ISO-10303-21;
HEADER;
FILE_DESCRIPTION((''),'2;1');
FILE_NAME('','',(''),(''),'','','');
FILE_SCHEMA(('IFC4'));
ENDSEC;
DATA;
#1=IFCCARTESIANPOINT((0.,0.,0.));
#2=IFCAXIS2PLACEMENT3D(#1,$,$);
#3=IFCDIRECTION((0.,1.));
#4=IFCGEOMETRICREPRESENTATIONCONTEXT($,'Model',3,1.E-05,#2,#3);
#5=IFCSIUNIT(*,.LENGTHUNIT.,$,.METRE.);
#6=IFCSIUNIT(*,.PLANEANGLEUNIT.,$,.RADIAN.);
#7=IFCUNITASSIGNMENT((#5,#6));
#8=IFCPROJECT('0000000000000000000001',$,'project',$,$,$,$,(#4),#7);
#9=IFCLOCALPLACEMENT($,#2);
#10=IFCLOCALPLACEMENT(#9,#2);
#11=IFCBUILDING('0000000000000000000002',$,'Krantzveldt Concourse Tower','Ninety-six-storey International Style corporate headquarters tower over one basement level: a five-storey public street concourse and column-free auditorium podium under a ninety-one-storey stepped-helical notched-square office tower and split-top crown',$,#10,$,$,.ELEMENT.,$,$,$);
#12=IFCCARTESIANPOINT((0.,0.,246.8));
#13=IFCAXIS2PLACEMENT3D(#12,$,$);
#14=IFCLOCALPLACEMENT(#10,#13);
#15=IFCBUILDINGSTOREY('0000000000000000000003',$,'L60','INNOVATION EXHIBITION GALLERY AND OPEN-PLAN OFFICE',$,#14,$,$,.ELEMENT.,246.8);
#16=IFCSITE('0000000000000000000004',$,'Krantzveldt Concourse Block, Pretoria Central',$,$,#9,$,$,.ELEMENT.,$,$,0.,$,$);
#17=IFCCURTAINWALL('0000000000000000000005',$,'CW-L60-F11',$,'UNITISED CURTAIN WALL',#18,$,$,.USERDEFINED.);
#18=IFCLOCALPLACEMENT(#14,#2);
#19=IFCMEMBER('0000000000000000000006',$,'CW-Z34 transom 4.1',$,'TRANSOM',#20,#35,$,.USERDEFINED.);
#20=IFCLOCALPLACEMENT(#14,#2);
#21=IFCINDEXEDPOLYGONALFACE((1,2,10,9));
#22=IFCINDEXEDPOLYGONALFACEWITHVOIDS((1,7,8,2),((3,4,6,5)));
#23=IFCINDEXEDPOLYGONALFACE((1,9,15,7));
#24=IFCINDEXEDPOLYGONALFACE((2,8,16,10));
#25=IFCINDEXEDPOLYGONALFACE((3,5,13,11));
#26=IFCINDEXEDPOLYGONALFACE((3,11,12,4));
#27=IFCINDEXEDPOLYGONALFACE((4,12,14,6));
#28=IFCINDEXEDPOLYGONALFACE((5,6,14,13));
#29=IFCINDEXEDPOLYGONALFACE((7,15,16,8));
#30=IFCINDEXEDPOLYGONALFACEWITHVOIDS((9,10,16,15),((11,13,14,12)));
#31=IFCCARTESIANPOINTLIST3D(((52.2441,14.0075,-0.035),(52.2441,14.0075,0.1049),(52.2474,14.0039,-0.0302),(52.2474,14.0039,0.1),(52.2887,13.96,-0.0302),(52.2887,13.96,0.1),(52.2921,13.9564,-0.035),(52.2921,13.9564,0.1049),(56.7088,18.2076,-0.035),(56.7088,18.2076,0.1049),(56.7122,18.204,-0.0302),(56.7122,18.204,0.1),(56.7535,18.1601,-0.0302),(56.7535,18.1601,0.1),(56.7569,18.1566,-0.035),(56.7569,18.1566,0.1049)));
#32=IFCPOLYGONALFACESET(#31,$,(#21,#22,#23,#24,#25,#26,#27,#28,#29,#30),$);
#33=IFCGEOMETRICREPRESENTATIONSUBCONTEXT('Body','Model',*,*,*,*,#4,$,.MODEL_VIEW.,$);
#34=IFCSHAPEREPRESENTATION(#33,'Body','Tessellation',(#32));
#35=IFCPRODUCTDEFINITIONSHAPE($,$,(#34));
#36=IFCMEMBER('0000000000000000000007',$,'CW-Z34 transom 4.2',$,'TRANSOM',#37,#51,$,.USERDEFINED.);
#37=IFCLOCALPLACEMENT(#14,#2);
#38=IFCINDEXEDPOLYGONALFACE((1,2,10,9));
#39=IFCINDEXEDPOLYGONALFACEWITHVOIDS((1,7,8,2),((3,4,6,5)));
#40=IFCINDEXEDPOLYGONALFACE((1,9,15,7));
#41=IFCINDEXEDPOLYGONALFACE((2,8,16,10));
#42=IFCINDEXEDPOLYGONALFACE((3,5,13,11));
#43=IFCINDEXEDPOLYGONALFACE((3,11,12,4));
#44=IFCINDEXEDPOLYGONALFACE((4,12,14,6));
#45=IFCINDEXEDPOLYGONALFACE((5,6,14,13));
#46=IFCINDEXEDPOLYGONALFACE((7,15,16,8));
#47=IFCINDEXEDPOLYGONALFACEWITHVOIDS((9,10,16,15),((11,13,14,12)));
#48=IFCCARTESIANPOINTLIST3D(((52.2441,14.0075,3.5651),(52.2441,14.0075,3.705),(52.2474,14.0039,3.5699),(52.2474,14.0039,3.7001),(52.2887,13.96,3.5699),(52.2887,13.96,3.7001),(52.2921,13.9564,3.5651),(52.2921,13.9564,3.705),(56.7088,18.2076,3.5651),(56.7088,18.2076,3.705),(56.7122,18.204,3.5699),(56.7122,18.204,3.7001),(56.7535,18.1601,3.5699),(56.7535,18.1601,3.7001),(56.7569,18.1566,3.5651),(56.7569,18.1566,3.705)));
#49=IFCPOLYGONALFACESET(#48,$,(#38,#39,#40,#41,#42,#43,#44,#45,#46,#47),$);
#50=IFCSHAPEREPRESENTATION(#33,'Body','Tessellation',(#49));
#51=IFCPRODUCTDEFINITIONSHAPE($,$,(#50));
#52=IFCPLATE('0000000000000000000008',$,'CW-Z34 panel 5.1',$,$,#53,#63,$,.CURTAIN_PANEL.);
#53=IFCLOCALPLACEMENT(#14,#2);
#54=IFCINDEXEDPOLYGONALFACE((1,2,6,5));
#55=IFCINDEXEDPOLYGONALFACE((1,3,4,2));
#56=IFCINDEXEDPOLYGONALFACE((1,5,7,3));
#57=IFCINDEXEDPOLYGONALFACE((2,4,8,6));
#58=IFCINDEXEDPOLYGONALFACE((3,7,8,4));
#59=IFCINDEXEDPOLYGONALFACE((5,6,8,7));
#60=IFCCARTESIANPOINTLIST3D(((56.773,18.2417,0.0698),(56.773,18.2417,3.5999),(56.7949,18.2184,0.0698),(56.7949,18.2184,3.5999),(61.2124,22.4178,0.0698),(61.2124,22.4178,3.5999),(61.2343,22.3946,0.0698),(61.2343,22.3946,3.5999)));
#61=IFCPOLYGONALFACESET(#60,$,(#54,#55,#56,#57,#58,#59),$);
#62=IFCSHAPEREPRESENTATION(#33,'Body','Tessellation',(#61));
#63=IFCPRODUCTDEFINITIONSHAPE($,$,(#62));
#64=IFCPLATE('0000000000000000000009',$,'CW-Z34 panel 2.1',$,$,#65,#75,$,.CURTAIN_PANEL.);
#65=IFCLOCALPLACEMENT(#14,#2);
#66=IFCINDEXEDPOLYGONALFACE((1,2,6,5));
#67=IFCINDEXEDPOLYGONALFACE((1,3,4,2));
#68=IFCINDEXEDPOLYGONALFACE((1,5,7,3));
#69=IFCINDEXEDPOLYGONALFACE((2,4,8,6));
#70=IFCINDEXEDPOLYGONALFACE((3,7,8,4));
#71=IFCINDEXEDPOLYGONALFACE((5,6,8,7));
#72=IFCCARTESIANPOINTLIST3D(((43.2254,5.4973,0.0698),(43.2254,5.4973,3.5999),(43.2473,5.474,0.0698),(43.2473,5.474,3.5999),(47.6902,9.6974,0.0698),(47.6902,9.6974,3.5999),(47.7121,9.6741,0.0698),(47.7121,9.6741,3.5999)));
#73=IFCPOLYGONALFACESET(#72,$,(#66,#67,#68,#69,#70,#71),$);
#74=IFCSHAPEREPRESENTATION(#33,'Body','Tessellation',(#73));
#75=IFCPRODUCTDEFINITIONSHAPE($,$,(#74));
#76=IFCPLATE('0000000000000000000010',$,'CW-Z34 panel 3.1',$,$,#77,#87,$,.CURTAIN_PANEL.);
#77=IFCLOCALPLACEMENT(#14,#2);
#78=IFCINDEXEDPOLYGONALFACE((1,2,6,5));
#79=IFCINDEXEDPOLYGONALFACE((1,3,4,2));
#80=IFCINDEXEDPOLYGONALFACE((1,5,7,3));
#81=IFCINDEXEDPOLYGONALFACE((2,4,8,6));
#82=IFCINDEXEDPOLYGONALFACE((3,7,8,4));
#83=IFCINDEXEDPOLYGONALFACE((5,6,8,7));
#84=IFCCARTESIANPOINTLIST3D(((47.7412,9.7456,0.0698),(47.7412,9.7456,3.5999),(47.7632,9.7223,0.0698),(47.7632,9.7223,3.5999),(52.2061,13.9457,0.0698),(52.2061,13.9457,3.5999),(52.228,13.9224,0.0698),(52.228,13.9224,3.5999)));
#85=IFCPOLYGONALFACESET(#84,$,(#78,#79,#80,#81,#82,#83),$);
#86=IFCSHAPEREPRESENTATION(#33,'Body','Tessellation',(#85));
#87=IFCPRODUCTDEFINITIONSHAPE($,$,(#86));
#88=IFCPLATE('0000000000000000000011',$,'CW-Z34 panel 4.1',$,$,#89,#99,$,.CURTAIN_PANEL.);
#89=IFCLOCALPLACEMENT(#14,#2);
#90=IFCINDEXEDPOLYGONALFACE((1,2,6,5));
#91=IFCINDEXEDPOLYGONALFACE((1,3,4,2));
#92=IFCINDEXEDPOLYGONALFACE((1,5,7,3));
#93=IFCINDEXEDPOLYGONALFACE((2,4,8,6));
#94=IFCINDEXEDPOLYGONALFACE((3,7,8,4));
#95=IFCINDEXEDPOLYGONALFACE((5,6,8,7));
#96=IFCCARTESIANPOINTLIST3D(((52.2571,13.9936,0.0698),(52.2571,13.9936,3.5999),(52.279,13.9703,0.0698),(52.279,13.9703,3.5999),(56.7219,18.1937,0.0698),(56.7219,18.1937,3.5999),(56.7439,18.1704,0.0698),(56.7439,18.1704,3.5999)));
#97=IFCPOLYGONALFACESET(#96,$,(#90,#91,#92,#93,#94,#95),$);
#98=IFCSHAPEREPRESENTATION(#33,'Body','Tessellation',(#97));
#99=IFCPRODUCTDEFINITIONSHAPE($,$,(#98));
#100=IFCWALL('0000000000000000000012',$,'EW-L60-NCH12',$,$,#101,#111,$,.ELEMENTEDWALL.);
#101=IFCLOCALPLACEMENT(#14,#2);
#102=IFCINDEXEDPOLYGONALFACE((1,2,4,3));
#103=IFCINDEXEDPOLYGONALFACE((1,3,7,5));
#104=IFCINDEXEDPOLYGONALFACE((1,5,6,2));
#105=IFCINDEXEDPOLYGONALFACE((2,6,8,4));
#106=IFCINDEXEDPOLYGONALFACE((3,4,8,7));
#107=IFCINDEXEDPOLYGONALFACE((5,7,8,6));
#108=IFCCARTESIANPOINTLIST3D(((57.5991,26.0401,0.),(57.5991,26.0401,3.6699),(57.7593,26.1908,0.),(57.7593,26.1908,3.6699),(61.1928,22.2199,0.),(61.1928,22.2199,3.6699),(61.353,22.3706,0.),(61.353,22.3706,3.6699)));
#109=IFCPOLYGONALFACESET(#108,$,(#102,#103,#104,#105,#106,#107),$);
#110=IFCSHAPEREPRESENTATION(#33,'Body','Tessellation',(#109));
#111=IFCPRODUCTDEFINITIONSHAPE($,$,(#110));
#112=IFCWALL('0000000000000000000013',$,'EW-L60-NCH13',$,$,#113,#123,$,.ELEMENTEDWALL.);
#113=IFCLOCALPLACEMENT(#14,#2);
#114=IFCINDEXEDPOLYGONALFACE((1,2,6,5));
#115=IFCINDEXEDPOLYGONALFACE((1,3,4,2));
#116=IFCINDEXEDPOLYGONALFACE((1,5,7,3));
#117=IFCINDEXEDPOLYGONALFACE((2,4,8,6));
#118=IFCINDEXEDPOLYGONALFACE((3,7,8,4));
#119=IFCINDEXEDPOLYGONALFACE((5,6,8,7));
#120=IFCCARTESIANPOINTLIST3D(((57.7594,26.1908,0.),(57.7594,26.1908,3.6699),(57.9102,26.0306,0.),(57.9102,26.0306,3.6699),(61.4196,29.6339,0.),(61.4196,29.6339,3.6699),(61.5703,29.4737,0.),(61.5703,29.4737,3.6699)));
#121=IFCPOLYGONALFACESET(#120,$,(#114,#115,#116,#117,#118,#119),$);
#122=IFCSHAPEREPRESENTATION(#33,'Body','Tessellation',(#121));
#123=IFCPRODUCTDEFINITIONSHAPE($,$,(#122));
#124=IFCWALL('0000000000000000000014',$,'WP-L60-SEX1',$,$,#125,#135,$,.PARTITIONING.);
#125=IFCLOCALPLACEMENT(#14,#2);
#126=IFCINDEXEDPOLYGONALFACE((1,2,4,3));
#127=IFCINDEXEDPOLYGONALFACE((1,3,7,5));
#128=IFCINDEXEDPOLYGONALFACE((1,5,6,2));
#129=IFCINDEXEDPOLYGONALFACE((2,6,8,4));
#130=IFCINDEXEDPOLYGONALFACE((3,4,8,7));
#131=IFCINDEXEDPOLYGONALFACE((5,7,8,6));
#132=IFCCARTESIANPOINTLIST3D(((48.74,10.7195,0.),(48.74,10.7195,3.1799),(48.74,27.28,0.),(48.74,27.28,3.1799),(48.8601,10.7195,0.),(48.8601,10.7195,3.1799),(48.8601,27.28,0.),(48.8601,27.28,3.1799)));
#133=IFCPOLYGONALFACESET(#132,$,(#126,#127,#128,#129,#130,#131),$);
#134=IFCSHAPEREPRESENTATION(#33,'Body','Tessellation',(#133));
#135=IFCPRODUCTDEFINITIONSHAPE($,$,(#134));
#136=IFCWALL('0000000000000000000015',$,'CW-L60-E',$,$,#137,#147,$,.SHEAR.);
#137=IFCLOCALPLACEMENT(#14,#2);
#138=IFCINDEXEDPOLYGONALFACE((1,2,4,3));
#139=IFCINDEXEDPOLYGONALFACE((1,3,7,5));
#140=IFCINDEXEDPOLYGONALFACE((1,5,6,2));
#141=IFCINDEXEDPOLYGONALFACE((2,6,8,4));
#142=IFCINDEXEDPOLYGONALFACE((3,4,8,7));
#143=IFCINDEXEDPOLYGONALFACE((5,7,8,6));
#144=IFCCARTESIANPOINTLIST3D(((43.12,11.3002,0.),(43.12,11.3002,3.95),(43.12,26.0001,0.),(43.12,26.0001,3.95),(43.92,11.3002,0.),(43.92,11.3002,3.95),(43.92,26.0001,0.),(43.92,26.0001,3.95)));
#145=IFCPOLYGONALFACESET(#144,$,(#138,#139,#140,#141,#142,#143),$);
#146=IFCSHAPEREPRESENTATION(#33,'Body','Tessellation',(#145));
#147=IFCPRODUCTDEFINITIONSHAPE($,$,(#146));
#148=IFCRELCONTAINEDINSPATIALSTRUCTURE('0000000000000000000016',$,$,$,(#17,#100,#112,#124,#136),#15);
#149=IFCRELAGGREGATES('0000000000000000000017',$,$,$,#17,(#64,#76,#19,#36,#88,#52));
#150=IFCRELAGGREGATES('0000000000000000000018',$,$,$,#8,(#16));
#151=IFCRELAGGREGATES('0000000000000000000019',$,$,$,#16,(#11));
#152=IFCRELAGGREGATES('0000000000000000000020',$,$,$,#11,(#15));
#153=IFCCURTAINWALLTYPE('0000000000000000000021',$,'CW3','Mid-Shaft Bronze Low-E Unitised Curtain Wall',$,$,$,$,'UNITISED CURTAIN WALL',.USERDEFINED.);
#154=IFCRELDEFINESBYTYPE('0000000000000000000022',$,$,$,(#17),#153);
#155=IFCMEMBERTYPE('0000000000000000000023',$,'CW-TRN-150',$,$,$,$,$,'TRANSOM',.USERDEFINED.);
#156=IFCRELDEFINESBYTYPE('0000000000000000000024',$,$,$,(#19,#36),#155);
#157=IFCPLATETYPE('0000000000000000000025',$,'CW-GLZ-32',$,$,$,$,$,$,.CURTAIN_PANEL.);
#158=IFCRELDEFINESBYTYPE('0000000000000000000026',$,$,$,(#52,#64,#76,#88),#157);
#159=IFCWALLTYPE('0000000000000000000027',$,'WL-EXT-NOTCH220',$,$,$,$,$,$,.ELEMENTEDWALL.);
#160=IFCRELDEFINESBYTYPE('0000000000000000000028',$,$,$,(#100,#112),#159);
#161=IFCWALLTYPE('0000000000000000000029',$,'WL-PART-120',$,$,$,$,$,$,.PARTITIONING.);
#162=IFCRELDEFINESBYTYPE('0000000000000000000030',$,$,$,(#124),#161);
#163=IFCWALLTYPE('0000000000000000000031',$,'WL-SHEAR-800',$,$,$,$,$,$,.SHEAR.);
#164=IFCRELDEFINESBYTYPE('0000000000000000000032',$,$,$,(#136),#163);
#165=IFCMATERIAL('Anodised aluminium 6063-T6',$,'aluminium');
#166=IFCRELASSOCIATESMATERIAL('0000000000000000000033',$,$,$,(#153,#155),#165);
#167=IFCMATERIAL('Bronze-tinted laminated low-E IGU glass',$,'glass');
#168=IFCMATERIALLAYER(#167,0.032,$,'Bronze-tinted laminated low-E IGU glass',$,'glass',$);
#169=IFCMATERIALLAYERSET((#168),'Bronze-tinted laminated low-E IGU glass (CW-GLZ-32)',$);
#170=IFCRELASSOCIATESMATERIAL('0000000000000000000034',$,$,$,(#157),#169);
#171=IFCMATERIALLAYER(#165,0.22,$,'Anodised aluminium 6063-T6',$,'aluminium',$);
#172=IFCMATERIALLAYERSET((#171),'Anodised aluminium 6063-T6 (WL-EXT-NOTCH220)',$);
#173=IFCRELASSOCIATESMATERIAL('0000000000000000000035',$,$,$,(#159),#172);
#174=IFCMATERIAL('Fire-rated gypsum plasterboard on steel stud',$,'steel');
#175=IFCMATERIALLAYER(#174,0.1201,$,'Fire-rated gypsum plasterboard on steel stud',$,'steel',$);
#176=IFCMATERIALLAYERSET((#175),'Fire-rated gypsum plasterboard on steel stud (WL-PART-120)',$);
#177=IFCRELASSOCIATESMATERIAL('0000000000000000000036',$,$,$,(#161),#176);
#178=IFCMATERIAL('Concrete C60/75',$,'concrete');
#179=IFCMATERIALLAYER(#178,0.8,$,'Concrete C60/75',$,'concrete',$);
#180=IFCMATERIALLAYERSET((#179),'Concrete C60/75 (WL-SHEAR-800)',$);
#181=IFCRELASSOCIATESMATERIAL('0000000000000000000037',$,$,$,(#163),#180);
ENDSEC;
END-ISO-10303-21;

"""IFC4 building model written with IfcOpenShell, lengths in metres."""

from ifc_helpers import new_model, si_unit, direction, frame, frame_2d, origin, origin_2d, place, context, subcontext, project, spatial, rectangle, hollow_rectangle, extrude, source, transform, mapped, material, layer, layer_set, material_profile, profile_set, type_object, type_shapes, element, aggregate, save


model = new_model("IFC4")

# Units and contexts
model_context = context("Model", 3, precision=1e-05, world=origin(), true_north=direction((0.0, 1.0)))
body_context = subcontext(model_context, "Body", "Model", "MODEL_VIEW")
ifc_project = project(units=[si_unit("LENGTHUNIT", "METRE"), si_unit("PLANEANGLEUNIT", "RADIAN")], contexts=[model_context])

# Site, building, storey
site_placement = place(None, origin())
site = spatial("IfcSite", under=ifc_project, at=site_placement, Name="Krantzveldt Concourse Block, Pretoria Central", CompositionType="ELEMENT", RefElevation=0.0)
building_placement = place(site_placement, origin())
building = spatial("IfcBuilding", under=site, at=building_placement, Name="Krantzveldt Concourse Tower", Description="Ninety-six-storey International Style corporate headquarters tower over one basement level: a five-storey public street concourse and column-free auditorium podium under a ninety-one-storey stepped-helical notched-square office tower and split-top crown", CompositionType="ELEMENT")
storey_placement = place(building_placement, frame((0.0, 0.0, 246.8)))
storey = spatial("IfcBuildingStorey", under=building, at=storey_placement, Name="L60", Description="INNOVATION EXHIBITION GALLERY AND OPEN-PLAN OFFICE", CompositionType="ELEMENT", Elevation=246.8)

# Curtain wall, members, plates
ifc_material_1 = material(Name="Anodised aluminium 6063-T6", Category="aluminium")
curtain_wall_type = type_object("IfcCurtainWallType", Name="CW3", Description="Mid-Shaft Bronze Low-E Unitised Curtain Wall", ElementType="UNITISED CURTAIN WALL", PredefinedType="USERDEFINED", material=ifc_material_1)
curtain_wall_placement = place(storey_placement, origin())
curtain_wall = element("IfcCurtainWall", 1, at=curtain_wall_placement, inside=storey, type_object=curtain_wall_type, Name="CW-L60-F11", ObjectType="UNITISED CURTAIN WALL", PredefinedType="USERDEFINED")
ifc_material_profile_1 = material_profile(ifc_material_1, hollow_rectangle(XDim=0.0701, YDim=0.1399, WallThickness=0.0049, at=origin_2d()), Name="Anodised aluminium 6063-T6", Category="aluminium")
ifc_profile_set_1 = profile_set([ifc_material_profile_1], Name="Anodised aluminium 6063-T6 - ALU-TRAN 140x70x5")
member_type_1 = type_object("IfcMemberType", Name="CW-TRN-150", ElementType="TRANSOM", PredefinedType="USERDEFINED", material=ifc_profile_set_1)
shared_shape_1 = source(origin(), body_context, "Body", "SweptSolid", [
    extrude(hollow_rectangle(XDim=0.0701, YDim=0.1399, WallThickness=0.0049, at=origin_2d()), origin(), (0.0, 0.0, 1.0), 6.1299),
])
member_1_placement = place(storey_placement, frame((52.2681, 13.9819, 0.0349), z_axis=(0.728364, 0.685191, 0.0), x_axis=(-0.685191, 0.728364, 0.0)))
member_1 = element("IfcMember", 2, at=member_1_placement, type_object=member_type_1, Name="CW-Z34 transom 4.1", ObjectType="TRANSOM", PredefinedType="USERDEFINED", context=body_context, shape_type="MappedRepresentation", body=[
    mapped(shared_shape_1, transform((0.0, 0.0, 0.0), x_axis=(1.0, 0.0, 0.0), y_axis=(0.0, 1.0, 0.0), z_axis=(0.0, 0.0, 1.0), scale=1.0)),
])
member_2_placement = place(storey_placement, frame((52.2681, 13.9819, 3.635), z_axis=(0.728364, 0.685191, 0.0), x_axis=(-0.685191, 0.728364, 0.0)))
member_2 = element("IfcMember", 3, at=member_2_placement, type_object=member_type_1, Name="CW-Z34 transom 4.2", ObjectType="TRANSOM", PredefinedType="USERDEFINED", context=body_context, shape_type="MappedRepresentation", body=[
    mapped(shared_shape_1, transform((0.0, 0.0, 0.0), x_axis=(1.0, 0.0, 0.0), y_axis=(0.0, 1.0, 0.0), z_axis=(0.0, 0.0, 1.0), scale=1.0)),
])
ifc_material_2 = material(Name="Bronze-tinted laminated low-E IGU glass", Category="glass")
ifc_layer_1 = layer(ifc_material_2, 0.032, Name="Bronze-tinted laminated low-E IGU glass", Category="glass")
ifc_layer_set_1 = layer_set([ifc_layer_1], Name="Bronze-tinted laminated low-E IGU glass (CW-GLZ-32)")
plate_type = type_object("IfcPlateType", Name="CW-GLZ-32", PredefinedType="CURTAIN_PANEL", material=ifc_layer_set_1)
shared_shape_2 = source(origin(), body_context, "Body", "SweptSolid", [
    extrude(rectangle(XDim=6.095, YDim=0.032, at=origin_2d()), origin(), (0.0, 0.0, 1.0), 3.53),
])
plate_1_placement = place(storey_placement, frame((59.0037, 20.3181, 0.0698), z_axis=(0.0, 0.0, 1.0), x_axis=(0.728371, 0.685183, 0.0)))
plate_1 = element("IfcPlate", 4, at=plate_1_placement, type_object=plate_type, Name="CW-Z34 panel 5.1", PredefinedType="CURTAIN_PANEL", context=body_context, shape_type="MappedRepresentation", body=[
    mapped(shared_shape_2, transform((0.0, 0.0, 0.0), x_axis=(1.0, 0.0, 0.0), y_axis=(0.0, 1.0, 0.0), z_axis=(0.0, 0.0, 1.0), scale=1.0)),
])
shared_shape_3 = source(origin(), body_context, "Body", "SweptSolid", [
    extrude(rectangle(XDim=6.1299, YDim=0.032, at=origin_2d()), origin(), (0.0, 0.0, 1.0), 3.53),
])
type_shapes(plate_type, [shared_shape_2, shared_shape_3])
plate_2_placement = place(storey_placement, frame((45.4688, 7.5857, 0.0698), z_axis=(0.0, 0.0, 1.0), x_axis=(0.728371, 0.685183, 0.0)))
plate_2 = element("IfcPlate", 5, at=plate_2_placement, type_object=plate_type, Name="CW-Z34 panel 2.1", PredefinedType="CURTAIN_PANEL", context=body_context, shape_type="MappedRepresentation", body=[
    mapped(shared_shape_3, transform((0.0, 0.0, 0.0), x_axis=(1.0, 0.0, 0.0), y_axis=(0.0, 1.0, 0.0), z_axis=(0.0, 0.0, 1.0), scale=1.0)),
])
plate_3_placement = place(storey_placement, frame((49.9846, 11.834, 0.0698), z_axis=(0.0, 0.0, 1.0), x_axis=(0.728371, 0.685183, 0.0)))
plate_3 = element("IfcPlate", 6, at=plate_3_placement, type_object=plate_type, Name="CW-Z34 panel 3.1", PredefinedType="CURTAIN_PANEL", context=body_context, shape_type="MappedRepresentation", body=[
    mapped(shared_shape_3, transform((0.0, 0.0, 0.0), x_axis=(1.0, 0.0, 0.0), y_axis=(0.0, 1.0, 0.0), z_axis=(0.0, 0.0, 1.0), scale=1.0)),
])
plate_4_placement = place(storey_placement, frame((54.5005, 16.082, 0.0698), z_axis=(0.0, 0.0, 1.0), x_axis=(0.728371, 0.685183, 0.0)))
plate_4 = element("IfcPlate", 7, at=plate_4_placement, type_object=plate_type, Name="CW-Z34 panel 4.1", PredefinedType="CURTAIN_PANEL", context=body_context, shape_type="MappedRepresentation", body=[
    mapped(shared_shape_3, transform((0.0, 0.0, 0.0), x_axis=(1.0, 0.0, 0.0), y_axis=(0.0, 1.0, 0.0), z_axis=(0.0, 0.0, 1.0), scale=1.0)),
])
aggregate(curtain_wall, [plate_2, plate_3, member_1, member_2, plate_4, plate_1])

# Walls
ifc_layer_2 = layer(ifc_material_1, 0.22, Name="Anodised aluminium 6063-T6", Category="aluminium")
ifc_layer_set_2 = layer_set([ifc_layer_2], Name="Anodised aluminium 6063-T6 (WL-EXT-NOTCH220)")
wall_type_1 = type_object("IfcWallType", Name="WL-EXT-NOTCH220", PredefinedType="ELEMENTEDWALL", material=ifc_layer_set_2)
wall_1_placement = place(storey_placement, frame((61.2729, 22.2952, 0.0), z_axis=(0.0, 0.0, 1.0), x_axis=(-0.685179, 0.728375, 0.0)))
element("IfcWall", 8, at=wall_1_placement, inside=storey, type_object=wall_type_1, Name="EW-L60-NCH12", PredefinedType="ELEMENTEDWALL", context=body_context, shape_type="SweptSolid", body=[
    extrude(rectangle(XDim=5.2449, YDim=0.22, at=frame_2d((2.6226, 0.0))), origin(), (0.0, 0.0, 1.0), 3.6699),
])
wall_2_placement = place(storey_placement, frame((57.8347, 26.1106, 0.0), z_axis=(0.0, 0.0, 1.0), x_axis=(0.728373, 0.685181, 0.0)))
element("IfcWall", 9, at=wall_2_placement, inside=storey, type_object=wall_type_1, Name="EW-L60-NCH13", PredefinedType="ELEMENTEDWALL", context=body_context, shape_type="SweptSolid", body=[
    extrude(rectangle(XDim=5.0251, YDim=0.22, at=frame_2d((2.5127, 0.0))), origin(), (0.0, 0.0, 1.0), 3.6699),
])
ifc_material_3 = material(Name="Fire-rated gypsum plasterboard on steel stud", Category="steel")
ifc_layer_3 = layer(ifc_material_3, 0.1201, Name="Fire-rated gypsum plasterboard on steel stud", Category="steel")
ifc_layer_set_3 = layer_set([ifc_layer_3], Name="Fire-rated gypsum plasterboard on steel stud (WL-PART-120)")
wall_type_2 = type_object("IfcWallType", Name="WL-PART-120", PredefinedType="PARTITIONING", material=ifc_layer_set_3)
wall_3_placement = place(storey_placement, frame((48.8, 10.7195, 0.0), z_axis=(0.0, 0.0, 1.0), x_axis=(0.0, 1.0, 0.0)))
element("IfcWall", 10, at=wall_3_placement, inside=storey, type_object=wall_type_2, Name="WP-L60-SEX1", PredefinedType="PARTITIONING", context=body_context, shape_type="SweptSolid", body=[
    extrude(rectangle(XDim=16.5605, YDim=0.1201, at=frame_2d((8.2803, 0.0))), origin(), (0.0, 0.0, 1.0), 3.1799),
])
ifc_material_4 = material(Name="Concrete C60/75", Category="concrete")
ifc_layer_4 = layer(ifc_material_4, 0.8, Name="Concrete C60/75", Category="concrete")
ifc_layer_set_4 = layer_set([ifc_layer_4], Name="Concrete C60/75 (WL-SHEAR-800)")
wall_type_3 = type_object("IfcWallType", Name="WL-SHEAR-800", PredefinedType="SHEAR", material=ifc_layer_set_4)
wall_4_placement = place(storey_placement, frame((43.52, 11.3, 0.0), z_axis=(0.0, 0.0, 1.0), x_axis=(0.0, 1.0, 0.0)))
element("IfcWall", 11, at=wall_4_placement, inside=storey, type_object=wall_type_3, Name="CW-L60-E", PredefinedType="SHEAR", context=body_context, shape_type="SweptSolid", body=[
    extrude(rectangle(XDim=14.7, YDim=0.8, at=frame_2d((7.3501, 0.0))), origin(), (0.0, 0.0, 1.0), 3.95),
])

save(model, "model.ifc")
